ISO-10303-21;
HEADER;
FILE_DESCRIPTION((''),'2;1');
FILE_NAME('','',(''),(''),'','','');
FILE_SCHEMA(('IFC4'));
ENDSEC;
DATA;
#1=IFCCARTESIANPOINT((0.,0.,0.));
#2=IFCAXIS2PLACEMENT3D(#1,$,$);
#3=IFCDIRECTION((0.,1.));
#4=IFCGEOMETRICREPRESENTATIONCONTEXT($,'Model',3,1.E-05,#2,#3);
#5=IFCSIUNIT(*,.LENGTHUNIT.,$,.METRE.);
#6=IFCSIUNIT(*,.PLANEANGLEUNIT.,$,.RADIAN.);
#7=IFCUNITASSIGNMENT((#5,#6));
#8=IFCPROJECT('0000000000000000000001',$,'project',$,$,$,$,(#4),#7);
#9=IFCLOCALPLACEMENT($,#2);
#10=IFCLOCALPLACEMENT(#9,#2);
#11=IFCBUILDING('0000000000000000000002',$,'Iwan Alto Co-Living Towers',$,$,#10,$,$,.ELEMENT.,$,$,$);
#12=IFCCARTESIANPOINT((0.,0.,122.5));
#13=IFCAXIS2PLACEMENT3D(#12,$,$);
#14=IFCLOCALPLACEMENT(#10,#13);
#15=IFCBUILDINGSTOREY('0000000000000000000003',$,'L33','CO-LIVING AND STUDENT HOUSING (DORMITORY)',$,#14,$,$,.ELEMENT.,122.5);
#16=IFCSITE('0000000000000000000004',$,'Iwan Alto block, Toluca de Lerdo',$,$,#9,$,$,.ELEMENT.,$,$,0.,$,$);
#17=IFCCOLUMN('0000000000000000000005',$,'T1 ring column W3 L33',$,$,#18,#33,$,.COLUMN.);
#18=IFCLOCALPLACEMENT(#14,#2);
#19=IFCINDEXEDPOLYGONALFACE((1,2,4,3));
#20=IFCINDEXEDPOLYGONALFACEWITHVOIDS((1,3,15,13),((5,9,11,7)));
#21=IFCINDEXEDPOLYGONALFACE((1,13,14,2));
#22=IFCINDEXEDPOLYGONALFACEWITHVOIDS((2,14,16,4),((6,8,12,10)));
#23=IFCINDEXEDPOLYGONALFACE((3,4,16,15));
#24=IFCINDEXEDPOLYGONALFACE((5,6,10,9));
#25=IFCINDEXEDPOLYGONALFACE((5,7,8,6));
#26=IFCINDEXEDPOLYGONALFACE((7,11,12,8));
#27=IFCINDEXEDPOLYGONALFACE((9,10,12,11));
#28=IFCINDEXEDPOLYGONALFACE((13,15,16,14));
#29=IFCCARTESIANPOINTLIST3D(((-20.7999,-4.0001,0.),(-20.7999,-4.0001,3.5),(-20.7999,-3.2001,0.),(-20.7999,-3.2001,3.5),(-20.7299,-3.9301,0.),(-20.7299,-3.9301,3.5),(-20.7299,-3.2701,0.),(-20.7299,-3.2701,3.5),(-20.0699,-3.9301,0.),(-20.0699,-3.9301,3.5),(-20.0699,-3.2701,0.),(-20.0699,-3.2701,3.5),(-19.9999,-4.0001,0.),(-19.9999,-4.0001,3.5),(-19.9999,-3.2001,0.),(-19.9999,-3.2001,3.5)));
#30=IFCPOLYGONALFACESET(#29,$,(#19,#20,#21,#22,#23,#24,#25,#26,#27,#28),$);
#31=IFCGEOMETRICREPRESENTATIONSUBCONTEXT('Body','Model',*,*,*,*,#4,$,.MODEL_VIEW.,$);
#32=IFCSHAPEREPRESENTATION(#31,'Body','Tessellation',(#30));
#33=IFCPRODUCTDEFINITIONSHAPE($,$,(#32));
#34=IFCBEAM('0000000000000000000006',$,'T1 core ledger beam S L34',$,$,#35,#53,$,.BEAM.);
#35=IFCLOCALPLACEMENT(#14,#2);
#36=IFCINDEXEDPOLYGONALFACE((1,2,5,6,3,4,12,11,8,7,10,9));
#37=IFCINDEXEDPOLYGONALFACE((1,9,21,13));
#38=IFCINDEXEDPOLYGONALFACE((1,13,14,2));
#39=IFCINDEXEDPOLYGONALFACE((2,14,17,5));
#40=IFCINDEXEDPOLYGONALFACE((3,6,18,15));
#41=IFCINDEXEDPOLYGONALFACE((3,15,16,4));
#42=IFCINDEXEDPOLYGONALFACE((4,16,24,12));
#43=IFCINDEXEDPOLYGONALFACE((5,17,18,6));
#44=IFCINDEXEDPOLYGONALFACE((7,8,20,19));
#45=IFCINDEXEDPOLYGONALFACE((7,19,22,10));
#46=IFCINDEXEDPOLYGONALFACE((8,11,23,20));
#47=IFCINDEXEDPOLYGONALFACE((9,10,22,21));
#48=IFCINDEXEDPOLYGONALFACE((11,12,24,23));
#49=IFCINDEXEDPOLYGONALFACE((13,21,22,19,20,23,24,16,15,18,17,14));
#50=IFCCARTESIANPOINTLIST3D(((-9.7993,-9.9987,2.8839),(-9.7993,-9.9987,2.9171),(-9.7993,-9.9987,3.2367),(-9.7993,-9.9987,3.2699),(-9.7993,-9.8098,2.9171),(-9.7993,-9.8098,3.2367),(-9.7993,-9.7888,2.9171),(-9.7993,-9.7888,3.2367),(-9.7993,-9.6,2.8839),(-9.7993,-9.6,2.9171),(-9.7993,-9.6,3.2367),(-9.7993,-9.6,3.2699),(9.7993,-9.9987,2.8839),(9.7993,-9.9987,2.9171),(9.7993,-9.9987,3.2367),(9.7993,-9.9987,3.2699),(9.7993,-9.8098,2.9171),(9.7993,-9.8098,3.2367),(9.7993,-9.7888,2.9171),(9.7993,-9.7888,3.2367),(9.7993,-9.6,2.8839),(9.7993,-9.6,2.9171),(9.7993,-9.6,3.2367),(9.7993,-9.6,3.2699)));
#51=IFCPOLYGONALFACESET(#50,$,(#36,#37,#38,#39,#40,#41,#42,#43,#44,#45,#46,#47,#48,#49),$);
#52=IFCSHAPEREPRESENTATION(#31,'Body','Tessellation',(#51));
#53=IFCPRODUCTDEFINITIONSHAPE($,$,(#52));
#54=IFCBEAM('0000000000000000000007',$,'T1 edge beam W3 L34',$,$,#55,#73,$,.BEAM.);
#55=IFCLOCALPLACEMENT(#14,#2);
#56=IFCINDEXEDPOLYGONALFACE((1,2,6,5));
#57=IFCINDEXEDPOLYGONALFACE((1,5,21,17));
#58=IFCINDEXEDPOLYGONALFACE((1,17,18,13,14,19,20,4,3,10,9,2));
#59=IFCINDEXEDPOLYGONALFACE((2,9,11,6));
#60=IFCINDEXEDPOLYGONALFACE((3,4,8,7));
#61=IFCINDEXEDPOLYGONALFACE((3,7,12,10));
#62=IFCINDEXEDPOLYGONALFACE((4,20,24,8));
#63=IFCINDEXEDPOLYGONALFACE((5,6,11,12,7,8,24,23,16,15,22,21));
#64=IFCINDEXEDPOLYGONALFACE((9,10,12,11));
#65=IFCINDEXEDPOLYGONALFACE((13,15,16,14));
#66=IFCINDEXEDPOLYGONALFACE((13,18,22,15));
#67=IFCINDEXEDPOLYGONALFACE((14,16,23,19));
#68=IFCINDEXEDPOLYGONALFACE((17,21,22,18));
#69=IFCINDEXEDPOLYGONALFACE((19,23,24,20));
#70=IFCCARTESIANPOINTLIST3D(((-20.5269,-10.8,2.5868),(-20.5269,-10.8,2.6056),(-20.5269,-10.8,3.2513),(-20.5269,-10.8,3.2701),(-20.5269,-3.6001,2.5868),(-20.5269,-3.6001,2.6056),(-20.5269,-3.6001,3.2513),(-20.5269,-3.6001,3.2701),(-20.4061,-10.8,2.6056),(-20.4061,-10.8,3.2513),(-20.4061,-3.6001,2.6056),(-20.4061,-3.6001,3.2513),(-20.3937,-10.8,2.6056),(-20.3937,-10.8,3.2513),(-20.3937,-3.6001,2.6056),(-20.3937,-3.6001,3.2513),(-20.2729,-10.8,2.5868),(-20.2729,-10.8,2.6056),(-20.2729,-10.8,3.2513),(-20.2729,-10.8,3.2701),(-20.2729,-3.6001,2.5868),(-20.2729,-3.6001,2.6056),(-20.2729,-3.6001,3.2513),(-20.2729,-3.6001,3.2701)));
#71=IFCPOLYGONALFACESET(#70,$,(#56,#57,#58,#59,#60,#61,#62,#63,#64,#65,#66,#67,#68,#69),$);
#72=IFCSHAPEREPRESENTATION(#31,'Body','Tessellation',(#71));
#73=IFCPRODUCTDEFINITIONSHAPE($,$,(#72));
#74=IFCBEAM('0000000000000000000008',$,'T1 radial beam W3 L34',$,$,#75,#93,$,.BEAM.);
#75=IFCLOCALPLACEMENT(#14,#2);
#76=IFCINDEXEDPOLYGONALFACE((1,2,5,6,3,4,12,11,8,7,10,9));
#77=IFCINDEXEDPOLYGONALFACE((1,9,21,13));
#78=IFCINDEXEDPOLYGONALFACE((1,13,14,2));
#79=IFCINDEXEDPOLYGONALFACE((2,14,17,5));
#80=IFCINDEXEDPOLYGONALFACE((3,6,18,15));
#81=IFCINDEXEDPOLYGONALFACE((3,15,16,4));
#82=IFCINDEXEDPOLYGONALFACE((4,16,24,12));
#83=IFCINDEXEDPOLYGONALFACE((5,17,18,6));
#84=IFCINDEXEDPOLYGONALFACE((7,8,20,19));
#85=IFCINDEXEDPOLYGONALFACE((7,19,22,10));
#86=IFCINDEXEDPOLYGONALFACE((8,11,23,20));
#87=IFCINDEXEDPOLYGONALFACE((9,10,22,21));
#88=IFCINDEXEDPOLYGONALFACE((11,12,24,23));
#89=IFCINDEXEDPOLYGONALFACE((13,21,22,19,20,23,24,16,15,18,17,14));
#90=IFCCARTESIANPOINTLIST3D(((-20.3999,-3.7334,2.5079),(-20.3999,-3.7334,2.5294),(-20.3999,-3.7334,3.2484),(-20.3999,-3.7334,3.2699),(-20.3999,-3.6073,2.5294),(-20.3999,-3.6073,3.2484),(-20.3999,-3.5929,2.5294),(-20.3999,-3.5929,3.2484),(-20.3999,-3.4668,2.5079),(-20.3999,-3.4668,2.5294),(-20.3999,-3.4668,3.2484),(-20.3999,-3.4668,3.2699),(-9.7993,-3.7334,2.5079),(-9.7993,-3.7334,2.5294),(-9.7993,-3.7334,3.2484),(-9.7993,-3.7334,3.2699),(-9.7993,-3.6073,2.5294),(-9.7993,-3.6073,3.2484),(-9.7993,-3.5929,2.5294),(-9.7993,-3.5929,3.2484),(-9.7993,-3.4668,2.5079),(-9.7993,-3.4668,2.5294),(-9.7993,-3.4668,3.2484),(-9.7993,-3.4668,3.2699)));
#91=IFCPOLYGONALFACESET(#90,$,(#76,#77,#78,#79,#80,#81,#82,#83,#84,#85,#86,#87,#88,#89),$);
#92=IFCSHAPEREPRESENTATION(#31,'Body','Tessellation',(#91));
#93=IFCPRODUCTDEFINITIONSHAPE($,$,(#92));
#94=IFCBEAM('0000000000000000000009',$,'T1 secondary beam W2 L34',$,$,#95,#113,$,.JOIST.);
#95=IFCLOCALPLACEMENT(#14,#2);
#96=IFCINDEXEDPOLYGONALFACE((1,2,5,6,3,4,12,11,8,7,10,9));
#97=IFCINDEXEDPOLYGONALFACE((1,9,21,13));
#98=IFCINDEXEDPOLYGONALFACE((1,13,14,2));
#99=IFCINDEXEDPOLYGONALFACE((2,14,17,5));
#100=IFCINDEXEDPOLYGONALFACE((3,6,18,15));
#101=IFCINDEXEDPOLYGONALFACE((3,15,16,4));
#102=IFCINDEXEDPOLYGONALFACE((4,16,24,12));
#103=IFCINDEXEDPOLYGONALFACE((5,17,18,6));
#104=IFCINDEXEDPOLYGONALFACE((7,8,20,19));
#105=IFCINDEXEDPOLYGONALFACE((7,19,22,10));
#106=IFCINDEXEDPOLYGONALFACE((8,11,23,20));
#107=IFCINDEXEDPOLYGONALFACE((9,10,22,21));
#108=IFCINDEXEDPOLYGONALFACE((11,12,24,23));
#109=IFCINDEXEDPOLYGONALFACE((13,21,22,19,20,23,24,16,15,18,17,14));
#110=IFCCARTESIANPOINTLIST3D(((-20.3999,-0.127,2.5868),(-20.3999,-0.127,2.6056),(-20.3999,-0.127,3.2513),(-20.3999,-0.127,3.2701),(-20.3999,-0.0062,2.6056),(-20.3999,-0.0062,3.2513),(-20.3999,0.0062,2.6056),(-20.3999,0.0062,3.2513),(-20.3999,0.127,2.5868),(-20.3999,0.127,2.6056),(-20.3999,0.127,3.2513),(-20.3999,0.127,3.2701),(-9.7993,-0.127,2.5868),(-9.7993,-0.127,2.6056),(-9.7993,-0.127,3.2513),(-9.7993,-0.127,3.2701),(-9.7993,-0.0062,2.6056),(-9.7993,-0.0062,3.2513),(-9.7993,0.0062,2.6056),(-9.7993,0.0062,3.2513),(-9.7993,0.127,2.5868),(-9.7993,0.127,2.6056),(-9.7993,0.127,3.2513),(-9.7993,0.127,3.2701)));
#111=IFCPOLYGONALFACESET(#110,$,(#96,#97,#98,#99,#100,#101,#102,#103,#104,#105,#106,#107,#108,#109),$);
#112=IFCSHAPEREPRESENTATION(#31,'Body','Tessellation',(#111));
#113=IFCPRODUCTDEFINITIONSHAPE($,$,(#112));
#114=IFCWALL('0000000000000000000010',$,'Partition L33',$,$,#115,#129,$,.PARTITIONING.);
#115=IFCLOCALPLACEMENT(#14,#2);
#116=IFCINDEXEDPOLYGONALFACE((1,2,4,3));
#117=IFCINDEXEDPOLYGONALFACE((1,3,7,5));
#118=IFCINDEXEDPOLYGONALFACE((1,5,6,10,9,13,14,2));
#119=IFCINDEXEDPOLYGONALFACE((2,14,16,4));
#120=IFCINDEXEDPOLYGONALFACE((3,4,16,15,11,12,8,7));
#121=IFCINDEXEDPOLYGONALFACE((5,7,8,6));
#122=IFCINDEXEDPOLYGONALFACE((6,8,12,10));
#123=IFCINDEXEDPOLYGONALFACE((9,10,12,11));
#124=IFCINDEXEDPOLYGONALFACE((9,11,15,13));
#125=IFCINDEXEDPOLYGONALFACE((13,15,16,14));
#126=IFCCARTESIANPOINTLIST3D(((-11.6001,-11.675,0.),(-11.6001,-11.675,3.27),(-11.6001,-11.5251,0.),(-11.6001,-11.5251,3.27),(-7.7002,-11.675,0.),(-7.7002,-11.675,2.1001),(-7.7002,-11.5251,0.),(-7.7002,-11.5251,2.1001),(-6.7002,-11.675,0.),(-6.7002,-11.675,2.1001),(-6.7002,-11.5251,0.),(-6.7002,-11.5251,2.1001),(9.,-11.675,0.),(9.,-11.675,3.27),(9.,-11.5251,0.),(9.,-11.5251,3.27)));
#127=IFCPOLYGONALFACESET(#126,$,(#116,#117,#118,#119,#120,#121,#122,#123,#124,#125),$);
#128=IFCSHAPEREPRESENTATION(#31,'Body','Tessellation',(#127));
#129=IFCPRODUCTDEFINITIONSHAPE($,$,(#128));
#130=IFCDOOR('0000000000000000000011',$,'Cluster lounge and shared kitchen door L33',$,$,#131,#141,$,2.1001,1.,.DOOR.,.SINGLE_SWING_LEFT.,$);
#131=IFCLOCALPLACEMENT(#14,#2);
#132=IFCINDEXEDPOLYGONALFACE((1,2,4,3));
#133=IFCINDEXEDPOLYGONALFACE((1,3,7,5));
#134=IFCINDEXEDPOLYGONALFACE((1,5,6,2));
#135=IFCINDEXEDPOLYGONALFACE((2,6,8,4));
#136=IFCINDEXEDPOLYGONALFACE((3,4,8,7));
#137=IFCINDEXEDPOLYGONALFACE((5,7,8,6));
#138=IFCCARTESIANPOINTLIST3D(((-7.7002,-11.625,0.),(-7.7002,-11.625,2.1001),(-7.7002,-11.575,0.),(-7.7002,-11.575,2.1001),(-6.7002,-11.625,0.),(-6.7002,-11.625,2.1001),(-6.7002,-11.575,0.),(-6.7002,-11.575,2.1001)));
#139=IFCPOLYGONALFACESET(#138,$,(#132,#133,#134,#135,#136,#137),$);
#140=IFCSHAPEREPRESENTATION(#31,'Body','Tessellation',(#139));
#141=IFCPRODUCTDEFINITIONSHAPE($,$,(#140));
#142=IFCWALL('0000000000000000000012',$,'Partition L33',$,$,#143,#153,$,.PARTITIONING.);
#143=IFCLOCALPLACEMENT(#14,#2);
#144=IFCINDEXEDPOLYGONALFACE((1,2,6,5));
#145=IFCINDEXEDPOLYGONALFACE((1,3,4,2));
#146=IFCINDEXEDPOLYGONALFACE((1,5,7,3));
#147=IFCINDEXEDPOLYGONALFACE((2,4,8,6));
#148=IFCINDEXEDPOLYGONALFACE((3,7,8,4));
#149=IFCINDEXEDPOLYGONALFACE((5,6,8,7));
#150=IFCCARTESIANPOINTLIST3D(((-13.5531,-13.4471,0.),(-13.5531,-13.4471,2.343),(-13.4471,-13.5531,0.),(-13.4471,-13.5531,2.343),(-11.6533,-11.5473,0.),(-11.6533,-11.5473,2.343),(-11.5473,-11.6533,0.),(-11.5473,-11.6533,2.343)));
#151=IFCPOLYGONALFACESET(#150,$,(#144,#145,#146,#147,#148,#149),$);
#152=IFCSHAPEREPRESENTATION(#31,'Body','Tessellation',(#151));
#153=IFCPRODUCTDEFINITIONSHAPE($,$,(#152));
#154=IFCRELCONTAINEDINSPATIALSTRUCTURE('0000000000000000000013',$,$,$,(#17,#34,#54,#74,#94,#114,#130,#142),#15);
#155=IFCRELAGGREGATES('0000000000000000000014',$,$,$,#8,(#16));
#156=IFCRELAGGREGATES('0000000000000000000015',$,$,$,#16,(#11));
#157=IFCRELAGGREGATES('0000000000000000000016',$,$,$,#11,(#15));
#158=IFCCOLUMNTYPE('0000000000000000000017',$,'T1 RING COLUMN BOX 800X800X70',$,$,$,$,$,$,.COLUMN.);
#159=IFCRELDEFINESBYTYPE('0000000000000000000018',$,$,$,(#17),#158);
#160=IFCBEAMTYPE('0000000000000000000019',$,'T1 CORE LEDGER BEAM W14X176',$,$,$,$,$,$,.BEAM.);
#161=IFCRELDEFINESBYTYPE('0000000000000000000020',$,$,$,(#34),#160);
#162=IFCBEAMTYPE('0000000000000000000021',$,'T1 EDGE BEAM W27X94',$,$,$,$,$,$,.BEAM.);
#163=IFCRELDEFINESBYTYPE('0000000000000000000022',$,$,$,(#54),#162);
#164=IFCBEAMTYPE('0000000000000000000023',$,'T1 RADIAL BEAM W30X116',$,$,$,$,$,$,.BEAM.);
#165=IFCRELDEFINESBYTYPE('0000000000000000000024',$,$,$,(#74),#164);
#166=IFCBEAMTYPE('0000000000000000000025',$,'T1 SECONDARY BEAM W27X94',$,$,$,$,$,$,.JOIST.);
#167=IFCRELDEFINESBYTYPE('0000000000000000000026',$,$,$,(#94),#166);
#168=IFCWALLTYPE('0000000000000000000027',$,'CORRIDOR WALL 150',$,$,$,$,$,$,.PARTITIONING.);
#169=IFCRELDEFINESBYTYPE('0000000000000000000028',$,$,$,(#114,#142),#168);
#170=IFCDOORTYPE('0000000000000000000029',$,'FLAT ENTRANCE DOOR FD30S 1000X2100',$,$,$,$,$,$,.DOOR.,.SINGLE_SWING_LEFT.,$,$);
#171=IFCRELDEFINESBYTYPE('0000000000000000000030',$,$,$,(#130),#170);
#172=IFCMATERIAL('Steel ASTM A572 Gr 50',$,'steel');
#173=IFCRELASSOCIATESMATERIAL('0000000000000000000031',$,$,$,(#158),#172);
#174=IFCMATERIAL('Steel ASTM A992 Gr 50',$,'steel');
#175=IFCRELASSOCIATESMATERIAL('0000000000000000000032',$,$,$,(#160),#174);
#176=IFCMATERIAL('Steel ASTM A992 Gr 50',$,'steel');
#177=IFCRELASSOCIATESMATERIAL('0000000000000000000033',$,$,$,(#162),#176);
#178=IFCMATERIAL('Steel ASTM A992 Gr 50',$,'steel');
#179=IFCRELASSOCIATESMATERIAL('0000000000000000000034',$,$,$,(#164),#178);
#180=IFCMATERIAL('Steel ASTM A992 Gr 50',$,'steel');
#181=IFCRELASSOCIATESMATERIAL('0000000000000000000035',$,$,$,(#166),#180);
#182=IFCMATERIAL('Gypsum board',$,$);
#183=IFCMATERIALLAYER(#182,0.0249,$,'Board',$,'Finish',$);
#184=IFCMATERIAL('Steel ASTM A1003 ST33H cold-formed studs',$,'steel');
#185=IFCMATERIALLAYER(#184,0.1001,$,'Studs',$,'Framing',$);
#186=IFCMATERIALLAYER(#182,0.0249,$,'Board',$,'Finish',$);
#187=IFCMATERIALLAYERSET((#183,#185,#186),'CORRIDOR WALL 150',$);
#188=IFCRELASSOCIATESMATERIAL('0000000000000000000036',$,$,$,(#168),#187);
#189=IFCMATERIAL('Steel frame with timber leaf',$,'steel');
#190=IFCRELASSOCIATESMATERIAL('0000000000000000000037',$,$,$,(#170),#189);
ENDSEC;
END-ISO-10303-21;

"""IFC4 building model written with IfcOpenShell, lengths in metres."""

from ifc_helpers import new_model, si_unit, direction, frame, frame_2d, origin, origin_2d, place, context, subcontext, project, spatial, rectangle, hollow_rectangle, i_section, extrude, material, layer, layer_set, material_profile, profile_set, type_object, element, fill, save


model = new_model("IFC4")

# Units and contexts
model_context = context("Model", 3, precision=1e-05, world=origin(), true_north=direction((0.0, 1.0)))
body_context = subcontext(model_context, "Body", "Model", "MODEL_VIEW")
ifc_project = project(units=[si_unit("LENGTHUNIT", "METRE"), si_unit("PLANEANGLEUNIT", "RADIAN")], contexts=[model_context])

# Site, building, storey
site_placement = place(None, origin())
site = spatial("IfcSite", under=ifc_project, at=site_placement, Name="Iwan Alto block, Toluca de Lerdo", CompositionType="ELEMENT", RefElevation=0.0)
building_placement = place(site_placement, origin())
building = spatial("IfcBuilding", under=site, at=building_placement, Name="Iwan Alto Co-Living Towers", CompositionType="ELEMENT")
storey_placement = place(building_placement, frame((0.0, 0.0, 122.5)))
storey = spatial("IfcBuildingStorey", under=building, at=storey_placement, Name="L33", Description="CO-LIVING AND STUDENT HOUSING (DORMITORY)", CompositionType="ELEMENT", Elevation=122.5)

# Column
ifc_material_1 = material(Name="Steel ASTM A572 Gr 50", Category="steel")
ifc_material_profile_1 = material_profile(ifc_material_1, hollow_rectangle(XDim=0.8, YDim=0.8, WallThickness=0.0701, at=origin_2d()), Name="BOX 800X800X70")
ifc_profile_set_1 = profile_set([ifc_material_profile_1], Name="Steel ASTM A572 Gr 50")
column_type = type_object("IfcColumnType", Name="T1 RING COLUMN BOX 800X800X70", PredefinedType="COLUMN", material=ifc_profile_set_1)
column_placement = place(storey_placement, frame((-20.3999, -3.6001, 0.0), z_axis=(0.0, 0.0, 1.0), x_axis=(1.0, 0.0, 0.0)))
element("IfcColumn", 1, at=column_placement, inside=storey, type_object=column_type, Name="T1 ring column W3 L33", PredefinedType="COLUMN", context=body_context, shape_type="SweptSolid", body=[
    extrude(hollow_rectangle(XDim=0.8, YDim=0.8, WallThickness=0.0701, at=origin_2d()), origin(), (0.0, 0.0, 1.0), 3.5),
])

# Beams
ifc_material_2 = material(Name="Steel ASTM A992 Gr 50", Category="steel")
ifc_material_profile_2 = material_profile(ifc_material_2, i_section(OverallWidth=0.3987, OverallDepth=0.386, WebThickness=0.021, FlangeThickness=0.0332, at=origin_2d()), Name="W14X176")
ifc_profile_set_2 = profile_set([ifc_material_profile_2], Name="Steel ASTM A992 Gr 50")
beam_type_1 = type_object("IfcBeamType", Name="T1 CORE LEDGER BEAM W14X176", PredefinedType="BEAM", material=ifc_profile_set_2)
beam_1_placement = place(storey_placement, frame((-9.7993, -9.7993, 3.0769), z_axis=(1.0, 0.0, 0.0), x_axis=(0.0, 1.0, 0.0)))
element("IfcBeam", 2, at=beam_1_placement, inside=storey, type_object=beam_type_1, Name="T1 core ledger beam S L34", PredefinedType="BEAM", context=body_context, shape_type="SweptSolid", body=[
    extrude(i_section(OverallWidth=0.3987, OverallDepth=0.386, WebThickness=0.021, FlangeThickness=0.0332, at=origin_2d()), origin(), (0.0, 0.0, 1.0), 19.5986),
])
ifc_material_3 = material(Name="Steel ASTM A992 Gr 50", Category="steel")
ifc_material_profile_3 = material_profile(ifc_material_3, i_section(OverallWidth=0.2539, OverallDepth=0.6833, WebThickness=0.0125, FlangeThickness=0.0188, at=origin_2d()), Name="W27X94")
ifc_profile_set_3 = profile_set([ifc_material_profile_3], Name="Steel ASTM A992 Gr 50")
beam_type_2 = type_object("IfcBeamType", Name="T1 EDGE BEAM W27X94", PredefinedType="BEAM", material=ifc_profile_set_3)
beam_2_placement = place(storey_placement, frame((-20.3999, -3.6001, 2.9285), z_axis=(0.0, -1.0, 0.0), x_axis=(1.0, 0.0, 0.0)))
element("IfcBeam", 3, at=beam_2_placement, inside=storey, type_object=beam_type_2, Name="T1 edge beam W3 L34", PredefinedType="BEAM", context=body_context, shape_type="SweptSolid", body=[
    extrude(i_section(OverallWidth=0.2539, OverallDepth=0.6833, WebThickness=0.0125, FlangeThickness=0.0188, at=origin_2d()), origin(), (0.0, 0.0, 1.0), 7.2),
])
ifc_material_4 = material(Name="Steel ASTM A992 Gr 50", Category="steel")
ifc_material_profile_4 = material_profile(ifc_material_4, i_section(OverallWidth=0.2666, OverallDepth=0.762, WebThickness=0.0144, FlangeThickness=0.0215, at=origin_2d()), Name="W30X116")
ifc_profile_set_4 = profile_set([ifc_material_profile_4], Name="Steel ASTM A992 Gr 50")
beam_type_3 = type_object("IfcBeamType", Name="T1 RADIAL BEAM W30X116", PredefinedType="BEAM", material=ifc_profile_set_4)
beam_3_placement = place(storey_placement, frame((-20.3999, -3.6001, 2.8889), z_axis=(1.0, 0.0, 0.0), x_axis=(0.0, 1.0, 0.0)))
element("IfcBeam", 4, at=beam_3_placement, inside=storey, type_object=beam_type_3, Name="T1 radial beam W3 L34", PredefinedType="BEAM", context=body_context, shape_type="SweptSolid", body=[
    extrude(i_section(OverallWidth=0.2666, OverallDepth=0.762, WebThickness=0.0144, FlangeThickness=0.0215, at=origin_2d()), origin(), (0.0, 0.0, 1.0), 10.6006),
])
ifc_material_5 = material(Name="Steel ASTM A992 Gr 50", Category="steel")
ifc_material_profile_5 = material_profile(ifc_material_5, i_section(OverallWidth=0.2539, OverallDepth=0.6833, WebThickness=0.0125, FlangeThickness=0.0188, at=origin_2d()), Name="W27X94")
ifc_profile_set_5 = profile_set([ifc_material_profile_5], Name="Steel ASTM A992 Gr 50")
beam_type_4 = type_object("IfcBeamType", Name="T1 SECONDARY BEAM W27X94", PredefinedType="JOIST", material=ifc_profile_set_5)
beam_4_placement = place(storey_placement, frame((-20.3999, 0.0, 2.9285), z_axis=(1.0, 0.0, 0.0), x_axis=(0.0, 1.0, 0.0)))
element("IfcBeam", 5, at=beam_4_placement, inside=storey, type_object=beam_type_4, Name="T1 secondary beam W2 L34", PredefinedType="JOIST", context=body_context, shape_type="SweptSolid", body=[
    extrude(i_section(OverallWidth=0.2539, OverallDepth=0.6833, WebThickness=0.0125, FlangeThickness=0.0188, at=origin_2d()), origin(), (0.0, 0.0, 1.0), 10.6006),
])

# Wall, opening, door
ifc_material_6 = material(Name="Gypsum board")
ifc_layer_1 = layer(ifc_material_6, 0.0249, Name="Board", Category="Finish")
ifc_material_7 = material(Name="Steel ASTM A1003 ST33H cold-formed studs", Category="steel")
ifc_layer_2 = layer(ifc_material_7, 0.1001, Name="Studs", Category="Framing")
ifc_layer_3 = layer(ifc_material_6, 0.0249, Name="Board", Category="Finish")
ifc_layer_set_1 = layer_set([ifc_layer_1, ifc_layer_2, ifc_layer_3], Name="CORRIDOR WALL 150")
wall_type_1 = type_object("IfcWallType", Name="CORRIDOR WALL 150", PredefinedType="PARTITIONING", material=ifc_layer_set_1)
wall_1_placement = place(storey_placement, frame((-11.6001, -11.6001, 0.0), z_axis=(0.0, 0.0, 1.0), x_axis=(1.0, 0.0, 0.0)))
wall_1 = element("IfcWall", 6, at=wall_1_placement, inside=storey, type_object=wall_type_1, Name="Partition L33", PredefinedType="PARTITIONING", context=body_context, shape_type="SweptSolid", body=[
    extrude(rectangle(XDim=20.6001, YDim=0.1499, at=frame_2d((10.3, 0.0))), origin(), (0.0, 0.0, 1.0), 3.27),
])
opening_1_placement = place(wall_1_placement, frame((3.8999, 0.0, 0.0)))
opening_1 = element("IfcOpeningElement", 7, at=opening_1_placement, cuts=wall_1, PredefinedType="OPENING", context=body_context, shape_type="SweptSolid", body=[
    extrude(rectangle(XDim=1.0, YDim=2.1001, at=frame_2d((0.5, 1.05))), frame((0.0, 0.085, 0.0), z_axis=(0.0, -1.0, 0.0), x_axis=(1.0, 0.0, 0.0)), (0.0, 0.0, 1.0), 0.1699),
])
ifc_material_8 = material(Name="Steel frame with timber leaf", Category="steel")
door_type_1 = type_object("IfcDoorType", Name="FLAT ENTRANCE DOOR FD30S 1000X2100", OperationType="SINGLE_SWING_LEFT", PredefinedType="DOOR", material=ifc_material_8)
door_1_placement = place(opening_1_placement, frame((1.0, 0.0, 0.0), z_axis=(0.0, 0.0, 1.0), x_axis=(-1.0, 0.0, 0.0)))
door_1 = element("IfcDoor", 8, at=door_1_placement, inside=storey, type_object=door_type_1, Name="Cluster lounge and shared kitchen door L33", OperationType="SINGLE_SWING_LEFT", OverallHeight=2.1001, OverallWidth=1.0, PredefinedType="DOOR", context=body_context, shape_type="SweptSolid", body=[
    extrude(rectangle(XDim=1.0, YDim=2.1001, at=frame_2d((0.5, 1.05))), frame((0.0, 0.0249, 0.0), z_axis=(0.0, -1.0, 0.0), x_axis=(1.0, 0.0, 0.0)), (0.0, 0.0, 1.0), 0.05),
])
fill(opening_1, door_1)

# Wall
wall_2_placement = place(storey_placement, frame((-13.5, -13.5, 0.0), z_axis=(0.0, 0.0, 1.0), x_axis=(0.707107, 0.707107, 0.0)))
element("IfcWall", 9, at=wall_2_placement, inside=storey, type_object=wall_type_1, Name="Partition L33", PredefinedType="PARTITIONING", context=body_context, shape_type="SweptSolid", body=[
    extrude(rectangle(XDim=2.6868, YDim=0.1499, at=frame_2d((1.3433, 0.0))), origin(), (0.0, 0.0, 1.0), 2.343),
])

save(model, "model.ifc")
